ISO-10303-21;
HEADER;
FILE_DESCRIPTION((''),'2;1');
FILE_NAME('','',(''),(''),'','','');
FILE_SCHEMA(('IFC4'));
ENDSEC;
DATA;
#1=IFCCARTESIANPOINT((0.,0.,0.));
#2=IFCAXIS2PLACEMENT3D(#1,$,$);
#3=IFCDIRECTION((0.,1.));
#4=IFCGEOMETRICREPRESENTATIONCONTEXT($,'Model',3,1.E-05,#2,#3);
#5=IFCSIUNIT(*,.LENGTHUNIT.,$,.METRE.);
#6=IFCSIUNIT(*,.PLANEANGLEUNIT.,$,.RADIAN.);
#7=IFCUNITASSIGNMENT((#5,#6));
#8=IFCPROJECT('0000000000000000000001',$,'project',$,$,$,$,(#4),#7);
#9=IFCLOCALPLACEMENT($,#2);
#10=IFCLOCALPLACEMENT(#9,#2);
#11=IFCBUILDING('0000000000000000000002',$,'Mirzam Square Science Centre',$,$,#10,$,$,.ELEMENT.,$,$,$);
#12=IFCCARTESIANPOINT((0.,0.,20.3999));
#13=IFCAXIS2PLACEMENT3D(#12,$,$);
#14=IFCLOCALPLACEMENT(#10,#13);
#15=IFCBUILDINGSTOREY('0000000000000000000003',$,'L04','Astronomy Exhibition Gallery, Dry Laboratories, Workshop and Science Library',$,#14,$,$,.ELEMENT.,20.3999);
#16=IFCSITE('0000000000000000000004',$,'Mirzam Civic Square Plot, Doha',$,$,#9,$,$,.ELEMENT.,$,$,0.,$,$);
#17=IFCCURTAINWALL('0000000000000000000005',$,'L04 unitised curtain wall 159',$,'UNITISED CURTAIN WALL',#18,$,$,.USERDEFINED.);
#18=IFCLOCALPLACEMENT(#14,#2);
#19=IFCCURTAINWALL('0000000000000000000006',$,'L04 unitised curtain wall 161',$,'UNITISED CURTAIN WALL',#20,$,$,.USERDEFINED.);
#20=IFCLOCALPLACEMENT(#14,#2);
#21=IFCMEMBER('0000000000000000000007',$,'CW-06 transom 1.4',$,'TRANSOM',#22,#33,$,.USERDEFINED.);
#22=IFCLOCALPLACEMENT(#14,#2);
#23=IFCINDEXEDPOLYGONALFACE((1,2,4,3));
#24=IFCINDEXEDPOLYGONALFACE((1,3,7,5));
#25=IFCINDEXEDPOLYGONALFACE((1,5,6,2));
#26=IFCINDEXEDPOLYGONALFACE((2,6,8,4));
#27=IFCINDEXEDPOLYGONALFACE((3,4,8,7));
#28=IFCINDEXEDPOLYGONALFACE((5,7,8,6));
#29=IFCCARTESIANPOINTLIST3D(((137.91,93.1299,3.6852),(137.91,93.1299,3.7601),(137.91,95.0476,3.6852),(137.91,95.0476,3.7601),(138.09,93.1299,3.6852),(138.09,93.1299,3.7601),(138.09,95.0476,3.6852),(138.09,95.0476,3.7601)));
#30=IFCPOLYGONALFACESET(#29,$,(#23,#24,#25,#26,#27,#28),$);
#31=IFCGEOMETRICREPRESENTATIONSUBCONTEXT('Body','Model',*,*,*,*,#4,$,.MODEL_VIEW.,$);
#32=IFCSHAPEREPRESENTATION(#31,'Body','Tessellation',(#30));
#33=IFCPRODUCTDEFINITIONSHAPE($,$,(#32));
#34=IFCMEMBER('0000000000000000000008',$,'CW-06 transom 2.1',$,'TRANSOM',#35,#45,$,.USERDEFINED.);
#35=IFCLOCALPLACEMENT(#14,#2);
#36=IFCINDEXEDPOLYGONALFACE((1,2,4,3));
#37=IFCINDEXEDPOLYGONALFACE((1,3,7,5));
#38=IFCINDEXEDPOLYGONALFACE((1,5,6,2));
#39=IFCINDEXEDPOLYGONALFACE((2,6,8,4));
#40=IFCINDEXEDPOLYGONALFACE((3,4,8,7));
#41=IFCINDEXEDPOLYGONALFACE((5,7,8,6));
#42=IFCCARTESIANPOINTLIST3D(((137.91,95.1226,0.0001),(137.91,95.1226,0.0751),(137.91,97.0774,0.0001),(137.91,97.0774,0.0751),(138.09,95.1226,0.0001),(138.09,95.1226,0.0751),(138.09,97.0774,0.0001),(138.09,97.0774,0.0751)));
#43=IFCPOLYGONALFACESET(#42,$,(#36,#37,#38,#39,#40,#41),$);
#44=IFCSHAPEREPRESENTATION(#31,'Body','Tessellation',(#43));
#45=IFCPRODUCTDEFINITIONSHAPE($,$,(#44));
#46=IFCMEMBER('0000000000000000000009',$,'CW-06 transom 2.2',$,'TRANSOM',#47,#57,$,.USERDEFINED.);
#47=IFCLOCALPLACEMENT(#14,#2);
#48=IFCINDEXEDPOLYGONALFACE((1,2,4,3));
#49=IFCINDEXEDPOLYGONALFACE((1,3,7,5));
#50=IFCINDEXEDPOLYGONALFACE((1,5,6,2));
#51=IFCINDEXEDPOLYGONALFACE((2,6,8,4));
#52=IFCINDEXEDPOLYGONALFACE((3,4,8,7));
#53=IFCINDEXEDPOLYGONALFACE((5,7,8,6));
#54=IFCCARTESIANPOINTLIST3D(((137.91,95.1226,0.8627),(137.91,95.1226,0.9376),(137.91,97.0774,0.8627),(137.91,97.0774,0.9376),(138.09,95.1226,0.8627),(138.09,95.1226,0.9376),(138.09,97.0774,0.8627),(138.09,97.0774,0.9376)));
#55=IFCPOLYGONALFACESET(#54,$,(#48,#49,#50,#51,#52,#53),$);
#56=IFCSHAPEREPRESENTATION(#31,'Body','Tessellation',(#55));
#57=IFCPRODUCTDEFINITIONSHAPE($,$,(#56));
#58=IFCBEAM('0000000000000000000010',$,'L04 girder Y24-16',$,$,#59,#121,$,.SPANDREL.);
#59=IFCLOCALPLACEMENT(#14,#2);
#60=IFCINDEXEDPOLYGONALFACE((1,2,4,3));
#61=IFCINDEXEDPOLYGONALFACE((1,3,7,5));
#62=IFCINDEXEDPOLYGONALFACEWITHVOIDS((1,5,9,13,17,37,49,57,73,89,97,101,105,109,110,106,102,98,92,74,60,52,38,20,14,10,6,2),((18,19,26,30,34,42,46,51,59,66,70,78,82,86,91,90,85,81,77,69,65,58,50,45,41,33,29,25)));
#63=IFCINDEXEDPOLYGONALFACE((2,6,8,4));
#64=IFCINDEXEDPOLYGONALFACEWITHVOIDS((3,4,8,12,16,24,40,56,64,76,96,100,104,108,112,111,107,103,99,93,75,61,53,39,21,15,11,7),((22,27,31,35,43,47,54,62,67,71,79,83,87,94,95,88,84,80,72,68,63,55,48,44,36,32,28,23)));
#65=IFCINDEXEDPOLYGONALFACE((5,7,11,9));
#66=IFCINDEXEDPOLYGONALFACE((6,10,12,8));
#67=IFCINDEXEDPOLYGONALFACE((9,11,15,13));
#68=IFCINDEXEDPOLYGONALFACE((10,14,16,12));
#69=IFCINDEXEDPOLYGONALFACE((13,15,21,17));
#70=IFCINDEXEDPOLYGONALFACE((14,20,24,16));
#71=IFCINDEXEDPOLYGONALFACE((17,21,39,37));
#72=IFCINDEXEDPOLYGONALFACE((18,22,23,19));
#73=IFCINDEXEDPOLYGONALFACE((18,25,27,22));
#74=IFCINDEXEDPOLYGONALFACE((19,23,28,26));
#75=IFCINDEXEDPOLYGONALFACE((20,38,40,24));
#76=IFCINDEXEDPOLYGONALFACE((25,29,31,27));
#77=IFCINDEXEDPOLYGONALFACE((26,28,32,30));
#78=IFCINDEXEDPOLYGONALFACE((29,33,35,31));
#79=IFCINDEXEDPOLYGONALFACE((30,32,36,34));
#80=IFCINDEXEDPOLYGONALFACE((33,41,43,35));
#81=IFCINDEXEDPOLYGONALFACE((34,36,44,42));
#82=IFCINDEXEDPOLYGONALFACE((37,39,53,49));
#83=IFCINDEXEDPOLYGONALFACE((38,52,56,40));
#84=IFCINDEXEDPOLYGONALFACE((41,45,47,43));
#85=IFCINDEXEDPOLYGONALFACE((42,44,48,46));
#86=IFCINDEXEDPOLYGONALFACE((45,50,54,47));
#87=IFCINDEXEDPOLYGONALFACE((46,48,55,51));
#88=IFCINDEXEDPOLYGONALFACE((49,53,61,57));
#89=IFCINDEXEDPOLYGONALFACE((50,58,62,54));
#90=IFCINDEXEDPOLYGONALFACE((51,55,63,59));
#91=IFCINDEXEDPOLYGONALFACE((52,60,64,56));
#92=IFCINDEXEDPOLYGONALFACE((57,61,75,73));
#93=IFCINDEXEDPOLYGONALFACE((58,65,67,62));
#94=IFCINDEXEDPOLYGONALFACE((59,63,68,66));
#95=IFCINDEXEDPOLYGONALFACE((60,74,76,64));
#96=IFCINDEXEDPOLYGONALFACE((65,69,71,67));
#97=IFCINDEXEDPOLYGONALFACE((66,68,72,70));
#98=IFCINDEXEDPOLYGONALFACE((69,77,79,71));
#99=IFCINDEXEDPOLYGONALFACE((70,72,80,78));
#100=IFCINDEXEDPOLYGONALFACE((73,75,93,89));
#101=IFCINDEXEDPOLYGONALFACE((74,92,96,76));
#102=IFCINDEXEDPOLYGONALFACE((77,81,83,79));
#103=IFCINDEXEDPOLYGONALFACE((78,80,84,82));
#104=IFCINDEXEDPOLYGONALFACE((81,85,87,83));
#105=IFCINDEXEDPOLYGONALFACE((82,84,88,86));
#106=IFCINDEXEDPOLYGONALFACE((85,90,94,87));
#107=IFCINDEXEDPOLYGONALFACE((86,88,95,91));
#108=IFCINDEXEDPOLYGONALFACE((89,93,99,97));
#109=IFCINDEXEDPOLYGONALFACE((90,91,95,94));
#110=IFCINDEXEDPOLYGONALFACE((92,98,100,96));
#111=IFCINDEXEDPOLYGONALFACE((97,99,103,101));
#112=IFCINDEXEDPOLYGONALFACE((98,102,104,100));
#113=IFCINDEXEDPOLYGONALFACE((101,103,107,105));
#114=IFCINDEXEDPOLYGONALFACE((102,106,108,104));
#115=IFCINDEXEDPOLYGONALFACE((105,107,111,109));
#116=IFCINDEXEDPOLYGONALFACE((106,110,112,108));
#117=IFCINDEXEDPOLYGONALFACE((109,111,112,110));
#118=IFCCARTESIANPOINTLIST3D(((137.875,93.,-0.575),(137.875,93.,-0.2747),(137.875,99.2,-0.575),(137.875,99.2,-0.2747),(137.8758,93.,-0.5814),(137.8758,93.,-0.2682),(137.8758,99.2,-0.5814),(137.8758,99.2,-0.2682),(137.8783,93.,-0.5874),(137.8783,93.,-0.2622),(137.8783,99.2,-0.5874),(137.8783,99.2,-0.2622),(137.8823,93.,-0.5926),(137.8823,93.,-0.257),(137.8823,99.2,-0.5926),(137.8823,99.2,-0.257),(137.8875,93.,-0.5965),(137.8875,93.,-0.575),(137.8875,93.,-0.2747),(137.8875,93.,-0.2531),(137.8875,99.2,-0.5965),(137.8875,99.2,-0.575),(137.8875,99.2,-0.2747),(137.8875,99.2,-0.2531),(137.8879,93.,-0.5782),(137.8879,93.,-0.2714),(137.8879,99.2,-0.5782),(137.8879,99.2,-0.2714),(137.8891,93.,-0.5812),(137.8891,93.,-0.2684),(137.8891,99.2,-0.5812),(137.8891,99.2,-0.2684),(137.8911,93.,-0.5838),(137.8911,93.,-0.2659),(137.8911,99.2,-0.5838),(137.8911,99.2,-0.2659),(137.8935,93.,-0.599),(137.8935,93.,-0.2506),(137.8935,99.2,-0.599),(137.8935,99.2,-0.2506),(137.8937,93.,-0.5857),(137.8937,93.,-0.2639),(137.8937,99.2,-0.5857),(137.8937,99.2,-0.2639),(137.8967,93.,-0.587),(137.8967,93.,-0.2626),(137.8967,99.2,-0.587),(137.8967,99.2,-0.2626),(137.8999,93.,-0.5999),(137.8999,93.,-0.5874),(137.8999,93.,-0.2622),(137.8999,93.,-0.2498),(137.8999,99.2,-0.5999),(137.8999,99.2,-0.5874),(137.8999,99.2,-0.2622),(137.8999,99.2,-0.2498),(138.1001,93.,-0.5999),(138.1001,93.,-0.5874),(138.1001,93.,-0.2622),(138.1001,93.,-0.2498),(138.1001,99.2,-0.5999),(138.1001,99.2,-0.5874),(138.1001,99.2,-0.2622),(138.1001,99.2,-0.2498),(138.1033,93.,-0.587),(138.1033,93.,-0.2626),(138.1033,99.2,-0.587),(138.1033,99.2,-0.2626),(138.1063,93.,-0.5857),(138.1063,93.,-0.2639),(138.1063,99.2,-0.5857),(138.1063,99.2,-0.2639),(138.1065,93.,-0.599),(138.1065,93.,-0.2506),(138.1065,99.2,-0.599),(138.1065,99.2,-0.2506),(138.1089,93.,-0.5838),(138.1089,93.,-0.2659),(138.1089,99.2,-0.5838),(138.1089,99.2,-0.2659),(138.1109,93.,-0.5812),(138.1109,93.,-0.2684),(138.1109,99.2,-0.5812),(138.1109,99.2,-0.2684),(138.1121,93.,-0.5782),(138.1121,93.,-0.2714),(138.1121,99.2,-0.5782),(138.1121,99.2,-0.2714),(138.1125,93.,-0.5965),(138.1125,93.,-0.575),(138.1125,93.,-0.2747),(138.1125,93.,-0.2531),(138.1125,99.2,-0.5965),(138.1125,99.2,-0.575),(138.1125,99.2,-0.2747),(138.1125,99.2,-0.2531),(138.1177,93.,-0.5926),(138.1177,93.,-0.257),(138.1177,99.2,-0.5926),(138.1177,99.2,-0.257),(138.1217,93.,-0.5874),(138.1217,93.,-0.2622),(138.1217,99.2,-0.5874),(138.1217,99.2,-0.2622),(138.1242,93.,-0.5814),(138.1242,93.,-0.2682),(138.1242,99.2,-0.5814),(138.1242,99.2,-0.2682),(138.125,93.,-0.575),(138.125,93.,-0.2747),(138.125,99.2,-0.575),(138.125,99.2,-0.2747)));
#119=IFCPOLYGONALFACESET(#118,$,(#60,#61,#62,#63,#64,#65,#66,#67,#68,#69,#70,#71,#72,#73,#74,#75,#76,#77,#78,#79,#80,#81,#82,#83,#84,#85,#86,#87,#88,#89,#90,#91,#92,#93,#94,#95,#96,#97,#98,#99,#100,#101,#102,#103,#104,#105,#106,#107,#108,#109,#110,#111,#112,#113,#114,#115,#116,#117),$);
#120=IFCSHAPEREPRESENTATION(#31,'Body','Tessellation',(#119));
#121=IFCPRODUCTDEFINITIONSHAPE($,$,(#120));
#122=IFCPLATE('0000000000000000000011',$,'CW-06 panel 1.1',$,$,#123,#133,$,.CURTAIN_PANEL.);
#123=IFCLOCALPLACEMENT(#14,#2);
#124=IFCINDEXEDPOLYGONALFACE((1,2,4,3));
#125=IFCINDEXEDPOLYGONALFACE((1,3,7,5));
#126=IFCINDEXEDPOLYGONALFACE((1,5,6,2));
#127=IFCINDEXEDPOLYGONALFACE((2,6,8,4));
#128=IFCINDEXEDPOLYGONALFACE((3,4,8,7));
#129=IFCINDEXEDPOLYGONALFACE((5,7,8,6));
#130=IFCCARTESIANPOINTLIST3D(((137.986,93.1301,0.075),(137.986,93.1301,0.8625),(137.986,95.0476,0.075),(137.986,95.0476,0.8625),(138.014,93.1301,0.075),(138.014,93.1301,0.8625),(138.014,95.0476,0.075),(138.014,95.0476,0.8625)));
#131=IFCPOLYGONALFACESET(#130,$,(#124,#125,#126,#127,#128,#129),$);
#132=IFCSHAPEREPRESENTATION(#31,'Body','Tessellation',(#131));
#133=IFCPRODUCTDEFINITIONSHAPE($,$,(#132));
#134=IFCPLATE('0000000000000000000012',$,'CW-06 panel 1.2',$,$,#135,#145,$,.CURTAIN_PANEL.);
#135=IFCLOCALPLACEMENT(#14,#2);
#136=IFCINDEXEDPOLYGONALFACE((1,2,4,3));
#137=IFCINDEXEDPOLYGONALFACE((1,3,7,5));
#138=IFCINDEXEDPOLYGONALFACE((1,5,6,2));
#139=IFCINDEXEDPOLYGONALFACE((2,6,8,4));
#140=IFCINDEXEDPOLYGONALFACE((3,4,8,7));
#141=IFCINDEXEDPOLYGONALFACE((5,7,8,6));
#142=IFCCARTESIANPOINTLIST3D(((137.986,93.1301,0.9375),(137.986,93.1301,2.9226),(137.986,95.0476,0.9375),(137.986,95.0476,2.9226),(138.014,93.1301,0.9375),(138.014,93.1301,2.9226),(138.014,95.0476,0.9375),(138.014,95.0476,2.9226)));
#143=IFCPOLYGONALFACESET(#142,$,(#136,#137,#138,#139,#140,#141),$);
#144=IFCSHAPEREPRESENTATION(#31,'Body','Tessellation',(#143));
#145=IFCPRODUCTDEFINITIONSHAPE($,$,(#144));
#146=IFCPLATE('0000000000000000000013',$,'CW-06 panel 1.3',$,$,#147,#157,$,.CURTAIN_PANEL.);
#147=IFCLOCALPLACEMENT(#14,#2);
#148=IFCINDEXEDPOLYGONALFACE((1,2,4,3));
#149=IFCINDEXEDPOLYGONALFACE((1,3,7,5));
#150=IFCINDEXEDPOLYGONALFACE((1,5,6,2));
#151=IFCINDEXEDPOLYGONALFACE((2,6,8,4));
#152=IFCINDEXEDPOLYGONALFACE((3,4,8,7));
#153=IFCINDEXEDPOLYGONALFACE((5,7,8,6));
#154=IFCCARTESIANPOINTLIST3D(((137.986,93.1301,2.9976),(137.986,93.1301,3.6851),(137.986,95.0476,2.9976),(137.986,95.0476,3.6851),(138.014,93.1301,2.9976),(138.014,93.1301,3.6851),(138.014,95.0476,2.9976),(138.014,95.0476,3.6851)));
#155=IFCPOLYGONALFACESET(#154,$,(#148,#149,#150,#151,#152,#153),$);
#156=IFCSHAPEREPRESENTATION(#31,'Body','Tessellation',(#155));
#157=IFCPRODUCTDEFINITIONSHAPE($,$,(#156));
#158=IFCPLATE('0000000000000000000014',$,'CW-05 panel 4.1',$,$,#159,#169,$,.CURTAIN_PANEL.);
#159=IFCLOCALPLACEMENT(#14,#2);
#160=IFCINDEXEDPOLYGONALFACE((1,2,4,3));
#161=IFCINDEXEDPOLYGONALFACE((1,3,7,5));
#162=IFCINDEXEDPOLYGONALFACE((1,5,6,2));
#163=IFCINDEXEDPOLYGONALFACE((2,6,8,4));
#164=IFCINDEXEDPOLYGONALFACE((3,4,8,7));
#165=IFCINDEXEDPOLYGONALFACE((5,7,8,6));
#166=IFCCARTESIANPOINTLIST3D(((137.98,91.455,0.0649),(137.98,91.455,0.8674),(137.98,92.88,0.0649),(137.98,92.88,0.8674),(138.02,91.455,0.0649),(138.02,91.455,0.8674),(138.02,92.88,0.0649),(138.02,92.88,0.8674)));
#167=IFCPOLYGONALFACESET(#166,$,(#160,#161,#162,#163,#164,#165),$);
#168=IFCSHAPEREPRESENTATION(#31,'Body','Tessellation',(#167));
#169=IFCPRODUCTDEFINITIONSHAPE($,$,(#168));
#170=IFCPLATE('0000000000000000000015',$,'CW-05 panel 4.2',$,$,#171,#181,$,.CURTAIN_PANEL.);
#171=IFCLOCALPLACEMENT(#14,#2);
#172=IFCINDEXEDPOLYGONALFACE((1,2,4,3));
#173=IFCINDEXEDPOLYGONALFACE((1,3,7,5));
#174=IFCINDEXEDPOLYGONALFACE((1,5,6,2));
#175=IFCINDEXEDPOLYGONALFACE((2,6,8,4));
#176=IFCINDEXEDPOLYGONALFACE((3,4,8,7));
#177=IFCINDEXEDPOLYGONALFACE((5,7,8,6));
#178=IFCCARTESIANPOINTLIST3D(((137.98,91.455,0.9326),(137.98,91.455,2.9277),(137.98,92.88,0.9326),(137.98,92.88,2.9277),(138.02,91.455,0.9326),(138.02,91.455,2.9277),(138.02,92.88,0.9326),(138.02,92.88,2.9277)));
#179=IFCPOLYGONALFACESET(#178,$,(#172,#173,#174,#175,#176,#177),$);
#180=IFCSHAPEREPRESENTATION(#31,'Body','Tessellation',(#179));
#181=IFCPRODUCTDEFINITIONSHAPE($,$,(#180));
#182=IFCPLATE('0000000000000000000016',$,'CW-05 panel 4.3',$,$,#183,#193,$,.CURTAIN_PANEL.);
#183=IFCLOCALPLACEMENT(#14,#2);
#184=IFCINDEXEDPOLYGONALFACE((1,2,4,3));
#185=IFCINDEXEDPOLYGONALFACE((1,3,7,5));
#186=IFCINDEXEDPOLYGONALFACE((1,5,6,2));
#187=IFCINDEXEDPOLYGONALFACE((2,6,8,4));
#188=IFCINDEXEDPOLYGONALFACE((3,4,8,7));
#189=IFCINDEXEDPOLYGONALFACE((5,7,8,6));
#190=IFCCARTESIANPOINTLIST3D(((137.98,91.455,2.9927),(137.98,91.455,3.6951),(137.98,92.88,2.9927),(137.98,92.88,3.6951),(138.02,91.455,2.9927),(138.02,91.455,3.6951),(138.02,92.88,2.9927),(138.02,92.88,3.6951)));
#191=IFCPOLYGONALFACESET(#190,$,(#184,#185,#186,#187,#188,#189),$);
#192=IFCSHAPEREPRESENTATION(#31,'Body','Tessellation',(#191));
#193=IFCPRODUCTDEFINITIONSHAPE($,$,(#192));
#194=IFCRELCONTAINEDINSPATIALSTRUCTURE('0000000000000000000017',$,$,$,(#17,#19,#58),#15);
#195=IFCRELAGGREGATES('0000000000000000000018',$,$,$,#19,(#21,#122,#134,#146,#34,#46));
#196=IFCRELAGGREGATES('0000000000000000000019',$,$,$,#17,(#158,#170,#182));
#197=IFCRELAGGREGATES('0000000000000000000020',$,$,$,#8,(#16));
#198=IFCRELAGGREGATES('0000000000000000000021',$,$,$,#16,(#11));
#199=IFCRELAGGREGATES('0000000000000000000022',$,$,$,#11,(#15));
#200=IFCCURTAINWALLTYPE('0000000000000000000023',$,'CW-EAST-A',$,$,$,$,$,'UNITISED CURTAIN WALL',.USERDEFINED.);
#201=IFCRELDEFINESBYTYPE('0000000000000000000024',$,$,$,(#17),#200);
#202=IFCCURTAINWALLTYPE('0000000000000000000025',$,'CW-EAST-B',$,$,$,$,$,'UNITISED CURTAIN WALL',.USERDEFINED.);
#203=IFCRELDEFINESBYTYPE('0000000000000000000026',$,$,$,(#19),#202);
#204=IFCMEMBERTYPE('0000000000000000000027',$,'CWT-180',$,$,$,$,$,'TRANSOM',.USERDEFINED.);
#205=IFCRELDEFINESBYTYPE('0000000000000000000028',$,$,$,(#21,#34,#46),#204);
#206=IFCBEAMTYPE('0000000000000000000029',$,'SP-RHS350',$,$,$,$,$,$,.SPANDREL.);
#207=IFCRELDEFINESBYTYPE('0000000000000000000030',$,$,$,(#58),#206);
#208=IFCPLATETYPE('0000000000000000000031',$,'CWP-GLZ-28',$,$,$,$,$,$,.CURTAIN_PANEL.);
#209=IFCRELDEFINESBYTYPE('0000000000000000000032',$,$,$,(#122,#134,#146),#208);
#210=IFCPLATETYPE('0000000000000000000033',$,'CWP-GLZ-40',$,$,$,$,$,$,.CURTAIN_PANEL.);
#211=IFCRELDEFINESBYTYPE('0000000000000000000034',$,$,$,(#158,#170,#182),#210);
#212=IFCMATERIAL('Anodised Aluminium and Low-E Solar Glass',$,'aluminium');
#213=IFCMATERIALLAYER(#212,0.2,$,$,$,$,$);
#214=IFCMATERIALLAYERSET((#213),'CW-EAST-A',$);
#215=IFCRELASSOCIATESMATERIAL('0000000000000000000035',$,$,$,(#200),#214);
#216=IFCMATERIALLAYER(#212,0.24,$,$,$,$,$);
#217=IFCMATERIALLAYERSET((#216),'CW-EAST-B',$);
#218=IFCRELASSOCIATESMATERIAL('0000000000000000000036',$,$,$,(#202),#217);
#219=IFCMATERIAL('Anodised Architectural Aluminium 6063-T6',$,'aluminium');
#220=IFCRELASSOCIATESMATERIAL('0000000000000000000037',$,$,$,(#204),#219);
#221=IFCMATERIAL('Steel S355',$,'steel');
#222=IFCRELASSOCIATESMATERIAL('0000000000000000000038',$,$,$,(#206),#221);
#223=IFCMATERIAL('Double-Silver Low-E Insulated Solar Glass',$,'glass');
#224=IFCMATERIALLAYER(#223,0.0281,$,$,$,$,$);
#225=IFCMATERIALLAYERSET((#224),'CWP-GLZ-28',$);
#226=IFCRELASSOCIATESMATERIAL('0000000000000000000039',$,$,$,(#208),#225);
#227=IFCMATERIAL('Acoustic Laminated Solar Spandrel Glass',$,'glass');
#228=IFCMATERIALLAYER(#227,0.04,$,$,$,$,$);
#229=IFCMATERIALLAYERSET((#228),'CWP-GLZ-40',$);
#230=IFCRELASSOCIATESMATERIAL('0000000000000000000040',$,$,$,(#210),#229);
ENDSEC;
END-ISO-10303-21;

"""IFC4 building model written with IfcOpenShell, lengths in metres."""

from ifc_helpers import new_model, si_unit, direction, frame, origin, origin_2d, place, context, subcontext, project, spatial, rectangle, hollow_rectangle, extrude, material, layer, layer_set, material_profile, profile_set, type_object, element, aggregate, save


model = new_model("IFC4")

# Units and contexts
model_context = context("Model", 3, precision=1e-05, world=origin(), true_north=direction((0.0, 1.0)))
body_context = subcontext(model_context, "Body", "Model", "MODEL_VIEW")
ifc_project = project(units=[si_unit("LENGTHUNIT", "METRE"), si_unit("PLANEANGLEUNIT", "RADIAN")], contexts=[model_context])

# Site, building, storey
site_placement = place(None, origin())
site = spatial("IfcSite", under=ifc_project, at=site_placement, Name="Mirzam Civic Square Plot, Doha", CompositionType="ELEMENT", RefElevation=0.0)
building_placement = place(site_placement, origin())
building = spatial("IfcBuilding", under=site, at=building_placement, Name="Mirzam Square Science Centre", CompositionType="ELEMENT")
storey_placement = place(building_placement, frame((0.0, 0.0, 20.3999)))
storey = spatial("IfcBuildingStorey", under=building, at=storey_placement, Name="L04", Description="Astronomy Exhibition Gallery, Dry Laboratories, Workshop and Science Library", CompositionType="ELEMENT", Elevation=20.3999)

# Shared definitions
ifc_material_1 = material(Name="Steel S355", Category="steel")

# Curtain wall
ifc_material_2 = material(Name="Anodised Aluminium and Low-E Solar Glass", Category="aluminium")
ifc_layer_1 = layer(ifc_material_2, 0.2)
ifc_layer_set_1 = layer_set([ifc_layer_1], Name="CW-EAST-A")
curtain_wall_type_1 = type_object("IfcCurtainWallType", Name="CW-EAST-A", ElementType="UNITISED CURTAIN WALL", PredefinedType="USERDEFINED", material=ifc_layer_set_1)
curtain_wall_1_placement = place(storey_placement, origin())
curtain_wall_1 = element("IfcCurtainWall", 1, at=curtain_wall_1_placement, inside=storey, type_object=curtain_wall_type_1, Name="L04 unitised curtain wall 159", ObjectType="UNITISED CURTAIN WALL", PredefinedType="USERDEFINED")
ifc_material_3 = material(Name="Anodised Architectural Aluminium 6063-T6", Category="aluminium")

# Curtain wall
ifc_layer_2 = layer(ifc_material_2, 0.24)
ifc_layer_set_2 = layer_set([ifc_layer_2], Name="CW-EAST-B")
curtain_wall_type_2 = type_object("IfcCurtainWallType", Name="CW-EAST-B", ElementType="UNITISED CURTAIN WALL", PredefinedType="USERDEFINED", material=ifc_layer_set_2)
curtain_wall_2_placement = place(storey_placement, origin())
curtain_wall_2 = element("IfcCurtainWall", 2, at=curtain_wall_2_placement, inside=storey, type_object=curtain_wall_type_2, Name="L04 unitised curtain wall 161", ObjectType="UNITISED CURTAIN WALL", PredefinedType="USERDEFINED")

# Members
ifc_material_profile_1 = material_profile(ifc_material_3, rectangle(XDim=0.1799, YDim=0.075, at=origin_2d()), Name="ALU-TRAN-180x75x5")
ifc_profile_set_1 = profile_set([ifc_material_profile_1], Name="Anodised Architectural Aluminium 6063-T6")
member_type_1 = type_object("IfcMemberType", Name="CWT-180", ElementType="TRANSOM", PredefinedType="USERDEFINED", material=ifc_profile_set_1)
member_1_placement = place(storey_placement, frame((138.0, 93.1299, 3.7227), z_axis=(0.0, 1.0, 0.0), x_axis=(-1.0, 0.0, 0.0)))
member_1 = element("IfcMember", 3, at=member_1_placement, type_object=member_type_1, Name="CW-06 transom 1.4", ObjectType="TRANSOM", PredefinedType="USERDEFINED", context=body_context, shape_type="SweptSolid", body=[
    extrude(rectangle(XDim=0.1799, YDim=0.075, at=origin_2d()), origin(), (0.0, 0.0, 1.0), 1.9177),
])
member_2_placement = place(storey_placement, frame((138.0, 95.1226, 0.0376), z_axis=(0.0, 1.0, 0.0), x_axis=(-1.0, 0.0, 0.0)))
member_2 = element("IfcMember", 4, at=member_2_placement, type_object=member_type_1, Name="CW-06 transom 2.1", ObjectType="TRANSOM", PredefinedType="USERDEFINED", context=body_context, shape_type="SweptSolid", body=[
    extrude(rectangle(XDim=0.1799, YDim=0.075, at=origin_2d()), origin(), (0.0, 0.0, 1.0), 1.9548),
])
member_3_placement = place(storey_placement, frame((138.0, 95.1226, 0.9001), z_axis=(0.0, 1.0, 0.0), x_axis=(-1.0, 0.0, 0.0)))
member_3 = element("IfcMember", 5, at=member_3_placement, type_object=member_type_1, Name="CW-06 transom 2.2", ObjectType="TRANSOM", PredefinedType="USERDEFINED", context=body_context, shape_type="SweptSolid", body=[
    extrude(rectangle(XDim=0.1799, YDim=0.075, at=origin_2d()), origin(), (0.0, 0.0, 1.0), 1.9548),
])

# Beam
ifc_material_profile_2 = material_profile(ifc_material_1, hollow_rectangle(XDim=0.25, YDim=0.3501, WallThickness=0.0125, InnerFilletRadius=0.0125, OuterFilletRadius=0.0249, at=origin_2d()), Name="350x250x12.5RHS")
ifc_profile_set_2 = profile_set([ifc_material_profile_2], Name="Steel S355")
beam_type = type_object("IfcBeamType", Name="SP-RHS350", PredefinedType="SPANDREL", material=ifc_profile_set_2)
beam_placement = place(storey_placement, frame((138.0, 93.0, -0.4248), z_axis=(0.0, 1.0, 0.0), x_axis=(-1.0, 0.0, 0.0)))
element("IfcBeam", 6, at=beam_placement, inside=storey, type_object=beam_type, Name="L04 girder Y24-16", PredefinedType="SPANDREL", context=body_context, shape_type="SweptSolid", body=[
    extrude(hollow_rectangle(XDim=0.25, YDim=0.3501, WallThickness=0.0125, InnerFilletRadius=0.0125, OuterFilletRadius=0.0249, at=origin_2d()), origin(), (0.0, 0.0, 1.0), 6.2),
])

# Plates
ifc_material_4 = material(Name="Double-Silver Low-E Insulated Solar Glass", Category="glass")
ifc_layer_3 = layer(ifc_material_4, 0.0281)
ifc_layer_set_3 = layer_set([ifc_layer_3], Name="CWP-GLZ-28")
plate_type_1 = type_object("IfcPlateType", Name="CWP-GLZ-28", PredefinedType="CURTAIN_PANEL", material=ifc_layer_set_3)
plate_1_placement = place(storey_placement, frame((138.0, 94.0889, 0.075), z_axis=(0.0, 0.0, 1.0), x_axis=(0.0, 1.0, 0.0)))
plate_1 = element("IfcPlate", 7, at=plate_1_placement, type_object=plate_type_1, Name="CW-06 panel 1.1", PredefinedType="CURTAIN_PANEL", context=body_context, shape_type="SweptSolid", body=[
    extrude(rectangle(XDim=1.9175, YDim=0.0281, at=origin_2d()), origin(), (0.0, 0.0, 1.0), 0.7876),
])
plate_2_placement = place(storey_placement, frame((138.0, 94.0889, 0.9375), z_axis=(0.0, 0.0, 1.0), x_axis=(0.0, 1.0, 0.0)))
plate_2 = element("IfcPlate", 8, at=plate_2_placement, type_object=plate_type_1, Name="CW-06 panel 1.2", PredefinedType="CURTAIN_PANEL", context=body_context, shape_type="SweptSolid", body=[
    extrude(rectangle(XDim=1.9175, YDim=0.0281, at=origin_2d()), origin(), (0.0, 0.0, 1.0), 1.9851),
])
plate_3_placement = place(storey_placement, frame((138.0, 94.0889, 2.9976), z_axis=(0.0, 0.0, 1.0), x_axis=(0.0, 1.0, 0.0)))
plate_3 = element("IfcPlate", 9, at=plate_3_placement, type_object=plate_type_1, Name="CW-06 panel 1.3", PredefinedType="CURTAIN_PANEL", context=body_context, shape_type="SweptSolid", body=[
    extrude(rectangle(XDim=1.9175, YDim=0.0281, at=origin_2d()), origin(), (0.0, 0.0, 1.0), 0.6875),
])
aggregate(curtain_wall_2, [member_1, plate_1, plate_2, plate_3, member_2, member_3])
ifc_material_5 = material(Name="Acoustic Laminated Solar Spandrel Glass", Category="glass")
ifc_layer_4 = layer(ifc_material_5, 0.04)
ifc_layer_set_4 = layer_set([ifc_layer_4], Name="CWP-GLZ-40")
plate_type_2 = type_object("IfcPlateType", Name="CWP-GLZ-40", PredefinedType="CURTAIN_PANEL", material=ifc_layer_set_4)
plate_4_placement = place(storey_placement, frame((138.0, 92.1675, 0.0649), z_axis=(0.0, 0.0, 1.0), x_axis=(0.0, 1.0, 0.0)))
plate_4 = element("IfcPlate", 10, at=plate_4_placement, type_object=plate_type_2, Name="CW-05 panel 4.1", PredefinedType="CURTAIN_PANEL", context=body_context, shape_type="SweptSolid", body=[
    extrude(rectangle(XDim=1.425, YDim=0.04, at=origin_2d()), origin(), (0.0, 0.0, 1.0), 0.8025),
])
plate_5_placement = place(storey_placement, frame((138.0, 92.1675, 0.9326), z_axis=(0.0, 0.0, 1.0), x_axis=(0.0, 1.0, 0.0)))
plate_5 = element("IfcPlate", 11, at=plate_5_placement, type_object=plate_type_2, Name="CW-05 panel 4.2", PredefinedType="CURTAIN_PANEL", context=body_context, shape_type="SweptSolid", body=[
    extrude(rectangle(XDim=1.425, YDim=0.04, at=origin_2d()), origin(), (0.0, 0.0, 1.0), 1.9951),
])
plate_6_placement = place(storey_placement, frame((138.0, 92.1675, 2.9927), z_axis=(0.0, 0.0, 1.0), x_axis=(0.0, 1.0, 0.0)))
plate_6 = element("IfcPlate", 12, at=plate_6_placement, type_object=plate_type_2, Name="CW-05 panel 4.3", PredefinedType="CURTAIN_PANEL", context=body_context, shape_type="SweptSolid", body=[
    extrude(rectangle(XDim=1.425, YDim=0.04, at=origin_2d()), origin(), (0.0, 0.0, 1.0), 0.7024),
])
aggregate(curtain_wall_1, [plate_4, plate_5, plate_6])

save(model, "model.ifc")
